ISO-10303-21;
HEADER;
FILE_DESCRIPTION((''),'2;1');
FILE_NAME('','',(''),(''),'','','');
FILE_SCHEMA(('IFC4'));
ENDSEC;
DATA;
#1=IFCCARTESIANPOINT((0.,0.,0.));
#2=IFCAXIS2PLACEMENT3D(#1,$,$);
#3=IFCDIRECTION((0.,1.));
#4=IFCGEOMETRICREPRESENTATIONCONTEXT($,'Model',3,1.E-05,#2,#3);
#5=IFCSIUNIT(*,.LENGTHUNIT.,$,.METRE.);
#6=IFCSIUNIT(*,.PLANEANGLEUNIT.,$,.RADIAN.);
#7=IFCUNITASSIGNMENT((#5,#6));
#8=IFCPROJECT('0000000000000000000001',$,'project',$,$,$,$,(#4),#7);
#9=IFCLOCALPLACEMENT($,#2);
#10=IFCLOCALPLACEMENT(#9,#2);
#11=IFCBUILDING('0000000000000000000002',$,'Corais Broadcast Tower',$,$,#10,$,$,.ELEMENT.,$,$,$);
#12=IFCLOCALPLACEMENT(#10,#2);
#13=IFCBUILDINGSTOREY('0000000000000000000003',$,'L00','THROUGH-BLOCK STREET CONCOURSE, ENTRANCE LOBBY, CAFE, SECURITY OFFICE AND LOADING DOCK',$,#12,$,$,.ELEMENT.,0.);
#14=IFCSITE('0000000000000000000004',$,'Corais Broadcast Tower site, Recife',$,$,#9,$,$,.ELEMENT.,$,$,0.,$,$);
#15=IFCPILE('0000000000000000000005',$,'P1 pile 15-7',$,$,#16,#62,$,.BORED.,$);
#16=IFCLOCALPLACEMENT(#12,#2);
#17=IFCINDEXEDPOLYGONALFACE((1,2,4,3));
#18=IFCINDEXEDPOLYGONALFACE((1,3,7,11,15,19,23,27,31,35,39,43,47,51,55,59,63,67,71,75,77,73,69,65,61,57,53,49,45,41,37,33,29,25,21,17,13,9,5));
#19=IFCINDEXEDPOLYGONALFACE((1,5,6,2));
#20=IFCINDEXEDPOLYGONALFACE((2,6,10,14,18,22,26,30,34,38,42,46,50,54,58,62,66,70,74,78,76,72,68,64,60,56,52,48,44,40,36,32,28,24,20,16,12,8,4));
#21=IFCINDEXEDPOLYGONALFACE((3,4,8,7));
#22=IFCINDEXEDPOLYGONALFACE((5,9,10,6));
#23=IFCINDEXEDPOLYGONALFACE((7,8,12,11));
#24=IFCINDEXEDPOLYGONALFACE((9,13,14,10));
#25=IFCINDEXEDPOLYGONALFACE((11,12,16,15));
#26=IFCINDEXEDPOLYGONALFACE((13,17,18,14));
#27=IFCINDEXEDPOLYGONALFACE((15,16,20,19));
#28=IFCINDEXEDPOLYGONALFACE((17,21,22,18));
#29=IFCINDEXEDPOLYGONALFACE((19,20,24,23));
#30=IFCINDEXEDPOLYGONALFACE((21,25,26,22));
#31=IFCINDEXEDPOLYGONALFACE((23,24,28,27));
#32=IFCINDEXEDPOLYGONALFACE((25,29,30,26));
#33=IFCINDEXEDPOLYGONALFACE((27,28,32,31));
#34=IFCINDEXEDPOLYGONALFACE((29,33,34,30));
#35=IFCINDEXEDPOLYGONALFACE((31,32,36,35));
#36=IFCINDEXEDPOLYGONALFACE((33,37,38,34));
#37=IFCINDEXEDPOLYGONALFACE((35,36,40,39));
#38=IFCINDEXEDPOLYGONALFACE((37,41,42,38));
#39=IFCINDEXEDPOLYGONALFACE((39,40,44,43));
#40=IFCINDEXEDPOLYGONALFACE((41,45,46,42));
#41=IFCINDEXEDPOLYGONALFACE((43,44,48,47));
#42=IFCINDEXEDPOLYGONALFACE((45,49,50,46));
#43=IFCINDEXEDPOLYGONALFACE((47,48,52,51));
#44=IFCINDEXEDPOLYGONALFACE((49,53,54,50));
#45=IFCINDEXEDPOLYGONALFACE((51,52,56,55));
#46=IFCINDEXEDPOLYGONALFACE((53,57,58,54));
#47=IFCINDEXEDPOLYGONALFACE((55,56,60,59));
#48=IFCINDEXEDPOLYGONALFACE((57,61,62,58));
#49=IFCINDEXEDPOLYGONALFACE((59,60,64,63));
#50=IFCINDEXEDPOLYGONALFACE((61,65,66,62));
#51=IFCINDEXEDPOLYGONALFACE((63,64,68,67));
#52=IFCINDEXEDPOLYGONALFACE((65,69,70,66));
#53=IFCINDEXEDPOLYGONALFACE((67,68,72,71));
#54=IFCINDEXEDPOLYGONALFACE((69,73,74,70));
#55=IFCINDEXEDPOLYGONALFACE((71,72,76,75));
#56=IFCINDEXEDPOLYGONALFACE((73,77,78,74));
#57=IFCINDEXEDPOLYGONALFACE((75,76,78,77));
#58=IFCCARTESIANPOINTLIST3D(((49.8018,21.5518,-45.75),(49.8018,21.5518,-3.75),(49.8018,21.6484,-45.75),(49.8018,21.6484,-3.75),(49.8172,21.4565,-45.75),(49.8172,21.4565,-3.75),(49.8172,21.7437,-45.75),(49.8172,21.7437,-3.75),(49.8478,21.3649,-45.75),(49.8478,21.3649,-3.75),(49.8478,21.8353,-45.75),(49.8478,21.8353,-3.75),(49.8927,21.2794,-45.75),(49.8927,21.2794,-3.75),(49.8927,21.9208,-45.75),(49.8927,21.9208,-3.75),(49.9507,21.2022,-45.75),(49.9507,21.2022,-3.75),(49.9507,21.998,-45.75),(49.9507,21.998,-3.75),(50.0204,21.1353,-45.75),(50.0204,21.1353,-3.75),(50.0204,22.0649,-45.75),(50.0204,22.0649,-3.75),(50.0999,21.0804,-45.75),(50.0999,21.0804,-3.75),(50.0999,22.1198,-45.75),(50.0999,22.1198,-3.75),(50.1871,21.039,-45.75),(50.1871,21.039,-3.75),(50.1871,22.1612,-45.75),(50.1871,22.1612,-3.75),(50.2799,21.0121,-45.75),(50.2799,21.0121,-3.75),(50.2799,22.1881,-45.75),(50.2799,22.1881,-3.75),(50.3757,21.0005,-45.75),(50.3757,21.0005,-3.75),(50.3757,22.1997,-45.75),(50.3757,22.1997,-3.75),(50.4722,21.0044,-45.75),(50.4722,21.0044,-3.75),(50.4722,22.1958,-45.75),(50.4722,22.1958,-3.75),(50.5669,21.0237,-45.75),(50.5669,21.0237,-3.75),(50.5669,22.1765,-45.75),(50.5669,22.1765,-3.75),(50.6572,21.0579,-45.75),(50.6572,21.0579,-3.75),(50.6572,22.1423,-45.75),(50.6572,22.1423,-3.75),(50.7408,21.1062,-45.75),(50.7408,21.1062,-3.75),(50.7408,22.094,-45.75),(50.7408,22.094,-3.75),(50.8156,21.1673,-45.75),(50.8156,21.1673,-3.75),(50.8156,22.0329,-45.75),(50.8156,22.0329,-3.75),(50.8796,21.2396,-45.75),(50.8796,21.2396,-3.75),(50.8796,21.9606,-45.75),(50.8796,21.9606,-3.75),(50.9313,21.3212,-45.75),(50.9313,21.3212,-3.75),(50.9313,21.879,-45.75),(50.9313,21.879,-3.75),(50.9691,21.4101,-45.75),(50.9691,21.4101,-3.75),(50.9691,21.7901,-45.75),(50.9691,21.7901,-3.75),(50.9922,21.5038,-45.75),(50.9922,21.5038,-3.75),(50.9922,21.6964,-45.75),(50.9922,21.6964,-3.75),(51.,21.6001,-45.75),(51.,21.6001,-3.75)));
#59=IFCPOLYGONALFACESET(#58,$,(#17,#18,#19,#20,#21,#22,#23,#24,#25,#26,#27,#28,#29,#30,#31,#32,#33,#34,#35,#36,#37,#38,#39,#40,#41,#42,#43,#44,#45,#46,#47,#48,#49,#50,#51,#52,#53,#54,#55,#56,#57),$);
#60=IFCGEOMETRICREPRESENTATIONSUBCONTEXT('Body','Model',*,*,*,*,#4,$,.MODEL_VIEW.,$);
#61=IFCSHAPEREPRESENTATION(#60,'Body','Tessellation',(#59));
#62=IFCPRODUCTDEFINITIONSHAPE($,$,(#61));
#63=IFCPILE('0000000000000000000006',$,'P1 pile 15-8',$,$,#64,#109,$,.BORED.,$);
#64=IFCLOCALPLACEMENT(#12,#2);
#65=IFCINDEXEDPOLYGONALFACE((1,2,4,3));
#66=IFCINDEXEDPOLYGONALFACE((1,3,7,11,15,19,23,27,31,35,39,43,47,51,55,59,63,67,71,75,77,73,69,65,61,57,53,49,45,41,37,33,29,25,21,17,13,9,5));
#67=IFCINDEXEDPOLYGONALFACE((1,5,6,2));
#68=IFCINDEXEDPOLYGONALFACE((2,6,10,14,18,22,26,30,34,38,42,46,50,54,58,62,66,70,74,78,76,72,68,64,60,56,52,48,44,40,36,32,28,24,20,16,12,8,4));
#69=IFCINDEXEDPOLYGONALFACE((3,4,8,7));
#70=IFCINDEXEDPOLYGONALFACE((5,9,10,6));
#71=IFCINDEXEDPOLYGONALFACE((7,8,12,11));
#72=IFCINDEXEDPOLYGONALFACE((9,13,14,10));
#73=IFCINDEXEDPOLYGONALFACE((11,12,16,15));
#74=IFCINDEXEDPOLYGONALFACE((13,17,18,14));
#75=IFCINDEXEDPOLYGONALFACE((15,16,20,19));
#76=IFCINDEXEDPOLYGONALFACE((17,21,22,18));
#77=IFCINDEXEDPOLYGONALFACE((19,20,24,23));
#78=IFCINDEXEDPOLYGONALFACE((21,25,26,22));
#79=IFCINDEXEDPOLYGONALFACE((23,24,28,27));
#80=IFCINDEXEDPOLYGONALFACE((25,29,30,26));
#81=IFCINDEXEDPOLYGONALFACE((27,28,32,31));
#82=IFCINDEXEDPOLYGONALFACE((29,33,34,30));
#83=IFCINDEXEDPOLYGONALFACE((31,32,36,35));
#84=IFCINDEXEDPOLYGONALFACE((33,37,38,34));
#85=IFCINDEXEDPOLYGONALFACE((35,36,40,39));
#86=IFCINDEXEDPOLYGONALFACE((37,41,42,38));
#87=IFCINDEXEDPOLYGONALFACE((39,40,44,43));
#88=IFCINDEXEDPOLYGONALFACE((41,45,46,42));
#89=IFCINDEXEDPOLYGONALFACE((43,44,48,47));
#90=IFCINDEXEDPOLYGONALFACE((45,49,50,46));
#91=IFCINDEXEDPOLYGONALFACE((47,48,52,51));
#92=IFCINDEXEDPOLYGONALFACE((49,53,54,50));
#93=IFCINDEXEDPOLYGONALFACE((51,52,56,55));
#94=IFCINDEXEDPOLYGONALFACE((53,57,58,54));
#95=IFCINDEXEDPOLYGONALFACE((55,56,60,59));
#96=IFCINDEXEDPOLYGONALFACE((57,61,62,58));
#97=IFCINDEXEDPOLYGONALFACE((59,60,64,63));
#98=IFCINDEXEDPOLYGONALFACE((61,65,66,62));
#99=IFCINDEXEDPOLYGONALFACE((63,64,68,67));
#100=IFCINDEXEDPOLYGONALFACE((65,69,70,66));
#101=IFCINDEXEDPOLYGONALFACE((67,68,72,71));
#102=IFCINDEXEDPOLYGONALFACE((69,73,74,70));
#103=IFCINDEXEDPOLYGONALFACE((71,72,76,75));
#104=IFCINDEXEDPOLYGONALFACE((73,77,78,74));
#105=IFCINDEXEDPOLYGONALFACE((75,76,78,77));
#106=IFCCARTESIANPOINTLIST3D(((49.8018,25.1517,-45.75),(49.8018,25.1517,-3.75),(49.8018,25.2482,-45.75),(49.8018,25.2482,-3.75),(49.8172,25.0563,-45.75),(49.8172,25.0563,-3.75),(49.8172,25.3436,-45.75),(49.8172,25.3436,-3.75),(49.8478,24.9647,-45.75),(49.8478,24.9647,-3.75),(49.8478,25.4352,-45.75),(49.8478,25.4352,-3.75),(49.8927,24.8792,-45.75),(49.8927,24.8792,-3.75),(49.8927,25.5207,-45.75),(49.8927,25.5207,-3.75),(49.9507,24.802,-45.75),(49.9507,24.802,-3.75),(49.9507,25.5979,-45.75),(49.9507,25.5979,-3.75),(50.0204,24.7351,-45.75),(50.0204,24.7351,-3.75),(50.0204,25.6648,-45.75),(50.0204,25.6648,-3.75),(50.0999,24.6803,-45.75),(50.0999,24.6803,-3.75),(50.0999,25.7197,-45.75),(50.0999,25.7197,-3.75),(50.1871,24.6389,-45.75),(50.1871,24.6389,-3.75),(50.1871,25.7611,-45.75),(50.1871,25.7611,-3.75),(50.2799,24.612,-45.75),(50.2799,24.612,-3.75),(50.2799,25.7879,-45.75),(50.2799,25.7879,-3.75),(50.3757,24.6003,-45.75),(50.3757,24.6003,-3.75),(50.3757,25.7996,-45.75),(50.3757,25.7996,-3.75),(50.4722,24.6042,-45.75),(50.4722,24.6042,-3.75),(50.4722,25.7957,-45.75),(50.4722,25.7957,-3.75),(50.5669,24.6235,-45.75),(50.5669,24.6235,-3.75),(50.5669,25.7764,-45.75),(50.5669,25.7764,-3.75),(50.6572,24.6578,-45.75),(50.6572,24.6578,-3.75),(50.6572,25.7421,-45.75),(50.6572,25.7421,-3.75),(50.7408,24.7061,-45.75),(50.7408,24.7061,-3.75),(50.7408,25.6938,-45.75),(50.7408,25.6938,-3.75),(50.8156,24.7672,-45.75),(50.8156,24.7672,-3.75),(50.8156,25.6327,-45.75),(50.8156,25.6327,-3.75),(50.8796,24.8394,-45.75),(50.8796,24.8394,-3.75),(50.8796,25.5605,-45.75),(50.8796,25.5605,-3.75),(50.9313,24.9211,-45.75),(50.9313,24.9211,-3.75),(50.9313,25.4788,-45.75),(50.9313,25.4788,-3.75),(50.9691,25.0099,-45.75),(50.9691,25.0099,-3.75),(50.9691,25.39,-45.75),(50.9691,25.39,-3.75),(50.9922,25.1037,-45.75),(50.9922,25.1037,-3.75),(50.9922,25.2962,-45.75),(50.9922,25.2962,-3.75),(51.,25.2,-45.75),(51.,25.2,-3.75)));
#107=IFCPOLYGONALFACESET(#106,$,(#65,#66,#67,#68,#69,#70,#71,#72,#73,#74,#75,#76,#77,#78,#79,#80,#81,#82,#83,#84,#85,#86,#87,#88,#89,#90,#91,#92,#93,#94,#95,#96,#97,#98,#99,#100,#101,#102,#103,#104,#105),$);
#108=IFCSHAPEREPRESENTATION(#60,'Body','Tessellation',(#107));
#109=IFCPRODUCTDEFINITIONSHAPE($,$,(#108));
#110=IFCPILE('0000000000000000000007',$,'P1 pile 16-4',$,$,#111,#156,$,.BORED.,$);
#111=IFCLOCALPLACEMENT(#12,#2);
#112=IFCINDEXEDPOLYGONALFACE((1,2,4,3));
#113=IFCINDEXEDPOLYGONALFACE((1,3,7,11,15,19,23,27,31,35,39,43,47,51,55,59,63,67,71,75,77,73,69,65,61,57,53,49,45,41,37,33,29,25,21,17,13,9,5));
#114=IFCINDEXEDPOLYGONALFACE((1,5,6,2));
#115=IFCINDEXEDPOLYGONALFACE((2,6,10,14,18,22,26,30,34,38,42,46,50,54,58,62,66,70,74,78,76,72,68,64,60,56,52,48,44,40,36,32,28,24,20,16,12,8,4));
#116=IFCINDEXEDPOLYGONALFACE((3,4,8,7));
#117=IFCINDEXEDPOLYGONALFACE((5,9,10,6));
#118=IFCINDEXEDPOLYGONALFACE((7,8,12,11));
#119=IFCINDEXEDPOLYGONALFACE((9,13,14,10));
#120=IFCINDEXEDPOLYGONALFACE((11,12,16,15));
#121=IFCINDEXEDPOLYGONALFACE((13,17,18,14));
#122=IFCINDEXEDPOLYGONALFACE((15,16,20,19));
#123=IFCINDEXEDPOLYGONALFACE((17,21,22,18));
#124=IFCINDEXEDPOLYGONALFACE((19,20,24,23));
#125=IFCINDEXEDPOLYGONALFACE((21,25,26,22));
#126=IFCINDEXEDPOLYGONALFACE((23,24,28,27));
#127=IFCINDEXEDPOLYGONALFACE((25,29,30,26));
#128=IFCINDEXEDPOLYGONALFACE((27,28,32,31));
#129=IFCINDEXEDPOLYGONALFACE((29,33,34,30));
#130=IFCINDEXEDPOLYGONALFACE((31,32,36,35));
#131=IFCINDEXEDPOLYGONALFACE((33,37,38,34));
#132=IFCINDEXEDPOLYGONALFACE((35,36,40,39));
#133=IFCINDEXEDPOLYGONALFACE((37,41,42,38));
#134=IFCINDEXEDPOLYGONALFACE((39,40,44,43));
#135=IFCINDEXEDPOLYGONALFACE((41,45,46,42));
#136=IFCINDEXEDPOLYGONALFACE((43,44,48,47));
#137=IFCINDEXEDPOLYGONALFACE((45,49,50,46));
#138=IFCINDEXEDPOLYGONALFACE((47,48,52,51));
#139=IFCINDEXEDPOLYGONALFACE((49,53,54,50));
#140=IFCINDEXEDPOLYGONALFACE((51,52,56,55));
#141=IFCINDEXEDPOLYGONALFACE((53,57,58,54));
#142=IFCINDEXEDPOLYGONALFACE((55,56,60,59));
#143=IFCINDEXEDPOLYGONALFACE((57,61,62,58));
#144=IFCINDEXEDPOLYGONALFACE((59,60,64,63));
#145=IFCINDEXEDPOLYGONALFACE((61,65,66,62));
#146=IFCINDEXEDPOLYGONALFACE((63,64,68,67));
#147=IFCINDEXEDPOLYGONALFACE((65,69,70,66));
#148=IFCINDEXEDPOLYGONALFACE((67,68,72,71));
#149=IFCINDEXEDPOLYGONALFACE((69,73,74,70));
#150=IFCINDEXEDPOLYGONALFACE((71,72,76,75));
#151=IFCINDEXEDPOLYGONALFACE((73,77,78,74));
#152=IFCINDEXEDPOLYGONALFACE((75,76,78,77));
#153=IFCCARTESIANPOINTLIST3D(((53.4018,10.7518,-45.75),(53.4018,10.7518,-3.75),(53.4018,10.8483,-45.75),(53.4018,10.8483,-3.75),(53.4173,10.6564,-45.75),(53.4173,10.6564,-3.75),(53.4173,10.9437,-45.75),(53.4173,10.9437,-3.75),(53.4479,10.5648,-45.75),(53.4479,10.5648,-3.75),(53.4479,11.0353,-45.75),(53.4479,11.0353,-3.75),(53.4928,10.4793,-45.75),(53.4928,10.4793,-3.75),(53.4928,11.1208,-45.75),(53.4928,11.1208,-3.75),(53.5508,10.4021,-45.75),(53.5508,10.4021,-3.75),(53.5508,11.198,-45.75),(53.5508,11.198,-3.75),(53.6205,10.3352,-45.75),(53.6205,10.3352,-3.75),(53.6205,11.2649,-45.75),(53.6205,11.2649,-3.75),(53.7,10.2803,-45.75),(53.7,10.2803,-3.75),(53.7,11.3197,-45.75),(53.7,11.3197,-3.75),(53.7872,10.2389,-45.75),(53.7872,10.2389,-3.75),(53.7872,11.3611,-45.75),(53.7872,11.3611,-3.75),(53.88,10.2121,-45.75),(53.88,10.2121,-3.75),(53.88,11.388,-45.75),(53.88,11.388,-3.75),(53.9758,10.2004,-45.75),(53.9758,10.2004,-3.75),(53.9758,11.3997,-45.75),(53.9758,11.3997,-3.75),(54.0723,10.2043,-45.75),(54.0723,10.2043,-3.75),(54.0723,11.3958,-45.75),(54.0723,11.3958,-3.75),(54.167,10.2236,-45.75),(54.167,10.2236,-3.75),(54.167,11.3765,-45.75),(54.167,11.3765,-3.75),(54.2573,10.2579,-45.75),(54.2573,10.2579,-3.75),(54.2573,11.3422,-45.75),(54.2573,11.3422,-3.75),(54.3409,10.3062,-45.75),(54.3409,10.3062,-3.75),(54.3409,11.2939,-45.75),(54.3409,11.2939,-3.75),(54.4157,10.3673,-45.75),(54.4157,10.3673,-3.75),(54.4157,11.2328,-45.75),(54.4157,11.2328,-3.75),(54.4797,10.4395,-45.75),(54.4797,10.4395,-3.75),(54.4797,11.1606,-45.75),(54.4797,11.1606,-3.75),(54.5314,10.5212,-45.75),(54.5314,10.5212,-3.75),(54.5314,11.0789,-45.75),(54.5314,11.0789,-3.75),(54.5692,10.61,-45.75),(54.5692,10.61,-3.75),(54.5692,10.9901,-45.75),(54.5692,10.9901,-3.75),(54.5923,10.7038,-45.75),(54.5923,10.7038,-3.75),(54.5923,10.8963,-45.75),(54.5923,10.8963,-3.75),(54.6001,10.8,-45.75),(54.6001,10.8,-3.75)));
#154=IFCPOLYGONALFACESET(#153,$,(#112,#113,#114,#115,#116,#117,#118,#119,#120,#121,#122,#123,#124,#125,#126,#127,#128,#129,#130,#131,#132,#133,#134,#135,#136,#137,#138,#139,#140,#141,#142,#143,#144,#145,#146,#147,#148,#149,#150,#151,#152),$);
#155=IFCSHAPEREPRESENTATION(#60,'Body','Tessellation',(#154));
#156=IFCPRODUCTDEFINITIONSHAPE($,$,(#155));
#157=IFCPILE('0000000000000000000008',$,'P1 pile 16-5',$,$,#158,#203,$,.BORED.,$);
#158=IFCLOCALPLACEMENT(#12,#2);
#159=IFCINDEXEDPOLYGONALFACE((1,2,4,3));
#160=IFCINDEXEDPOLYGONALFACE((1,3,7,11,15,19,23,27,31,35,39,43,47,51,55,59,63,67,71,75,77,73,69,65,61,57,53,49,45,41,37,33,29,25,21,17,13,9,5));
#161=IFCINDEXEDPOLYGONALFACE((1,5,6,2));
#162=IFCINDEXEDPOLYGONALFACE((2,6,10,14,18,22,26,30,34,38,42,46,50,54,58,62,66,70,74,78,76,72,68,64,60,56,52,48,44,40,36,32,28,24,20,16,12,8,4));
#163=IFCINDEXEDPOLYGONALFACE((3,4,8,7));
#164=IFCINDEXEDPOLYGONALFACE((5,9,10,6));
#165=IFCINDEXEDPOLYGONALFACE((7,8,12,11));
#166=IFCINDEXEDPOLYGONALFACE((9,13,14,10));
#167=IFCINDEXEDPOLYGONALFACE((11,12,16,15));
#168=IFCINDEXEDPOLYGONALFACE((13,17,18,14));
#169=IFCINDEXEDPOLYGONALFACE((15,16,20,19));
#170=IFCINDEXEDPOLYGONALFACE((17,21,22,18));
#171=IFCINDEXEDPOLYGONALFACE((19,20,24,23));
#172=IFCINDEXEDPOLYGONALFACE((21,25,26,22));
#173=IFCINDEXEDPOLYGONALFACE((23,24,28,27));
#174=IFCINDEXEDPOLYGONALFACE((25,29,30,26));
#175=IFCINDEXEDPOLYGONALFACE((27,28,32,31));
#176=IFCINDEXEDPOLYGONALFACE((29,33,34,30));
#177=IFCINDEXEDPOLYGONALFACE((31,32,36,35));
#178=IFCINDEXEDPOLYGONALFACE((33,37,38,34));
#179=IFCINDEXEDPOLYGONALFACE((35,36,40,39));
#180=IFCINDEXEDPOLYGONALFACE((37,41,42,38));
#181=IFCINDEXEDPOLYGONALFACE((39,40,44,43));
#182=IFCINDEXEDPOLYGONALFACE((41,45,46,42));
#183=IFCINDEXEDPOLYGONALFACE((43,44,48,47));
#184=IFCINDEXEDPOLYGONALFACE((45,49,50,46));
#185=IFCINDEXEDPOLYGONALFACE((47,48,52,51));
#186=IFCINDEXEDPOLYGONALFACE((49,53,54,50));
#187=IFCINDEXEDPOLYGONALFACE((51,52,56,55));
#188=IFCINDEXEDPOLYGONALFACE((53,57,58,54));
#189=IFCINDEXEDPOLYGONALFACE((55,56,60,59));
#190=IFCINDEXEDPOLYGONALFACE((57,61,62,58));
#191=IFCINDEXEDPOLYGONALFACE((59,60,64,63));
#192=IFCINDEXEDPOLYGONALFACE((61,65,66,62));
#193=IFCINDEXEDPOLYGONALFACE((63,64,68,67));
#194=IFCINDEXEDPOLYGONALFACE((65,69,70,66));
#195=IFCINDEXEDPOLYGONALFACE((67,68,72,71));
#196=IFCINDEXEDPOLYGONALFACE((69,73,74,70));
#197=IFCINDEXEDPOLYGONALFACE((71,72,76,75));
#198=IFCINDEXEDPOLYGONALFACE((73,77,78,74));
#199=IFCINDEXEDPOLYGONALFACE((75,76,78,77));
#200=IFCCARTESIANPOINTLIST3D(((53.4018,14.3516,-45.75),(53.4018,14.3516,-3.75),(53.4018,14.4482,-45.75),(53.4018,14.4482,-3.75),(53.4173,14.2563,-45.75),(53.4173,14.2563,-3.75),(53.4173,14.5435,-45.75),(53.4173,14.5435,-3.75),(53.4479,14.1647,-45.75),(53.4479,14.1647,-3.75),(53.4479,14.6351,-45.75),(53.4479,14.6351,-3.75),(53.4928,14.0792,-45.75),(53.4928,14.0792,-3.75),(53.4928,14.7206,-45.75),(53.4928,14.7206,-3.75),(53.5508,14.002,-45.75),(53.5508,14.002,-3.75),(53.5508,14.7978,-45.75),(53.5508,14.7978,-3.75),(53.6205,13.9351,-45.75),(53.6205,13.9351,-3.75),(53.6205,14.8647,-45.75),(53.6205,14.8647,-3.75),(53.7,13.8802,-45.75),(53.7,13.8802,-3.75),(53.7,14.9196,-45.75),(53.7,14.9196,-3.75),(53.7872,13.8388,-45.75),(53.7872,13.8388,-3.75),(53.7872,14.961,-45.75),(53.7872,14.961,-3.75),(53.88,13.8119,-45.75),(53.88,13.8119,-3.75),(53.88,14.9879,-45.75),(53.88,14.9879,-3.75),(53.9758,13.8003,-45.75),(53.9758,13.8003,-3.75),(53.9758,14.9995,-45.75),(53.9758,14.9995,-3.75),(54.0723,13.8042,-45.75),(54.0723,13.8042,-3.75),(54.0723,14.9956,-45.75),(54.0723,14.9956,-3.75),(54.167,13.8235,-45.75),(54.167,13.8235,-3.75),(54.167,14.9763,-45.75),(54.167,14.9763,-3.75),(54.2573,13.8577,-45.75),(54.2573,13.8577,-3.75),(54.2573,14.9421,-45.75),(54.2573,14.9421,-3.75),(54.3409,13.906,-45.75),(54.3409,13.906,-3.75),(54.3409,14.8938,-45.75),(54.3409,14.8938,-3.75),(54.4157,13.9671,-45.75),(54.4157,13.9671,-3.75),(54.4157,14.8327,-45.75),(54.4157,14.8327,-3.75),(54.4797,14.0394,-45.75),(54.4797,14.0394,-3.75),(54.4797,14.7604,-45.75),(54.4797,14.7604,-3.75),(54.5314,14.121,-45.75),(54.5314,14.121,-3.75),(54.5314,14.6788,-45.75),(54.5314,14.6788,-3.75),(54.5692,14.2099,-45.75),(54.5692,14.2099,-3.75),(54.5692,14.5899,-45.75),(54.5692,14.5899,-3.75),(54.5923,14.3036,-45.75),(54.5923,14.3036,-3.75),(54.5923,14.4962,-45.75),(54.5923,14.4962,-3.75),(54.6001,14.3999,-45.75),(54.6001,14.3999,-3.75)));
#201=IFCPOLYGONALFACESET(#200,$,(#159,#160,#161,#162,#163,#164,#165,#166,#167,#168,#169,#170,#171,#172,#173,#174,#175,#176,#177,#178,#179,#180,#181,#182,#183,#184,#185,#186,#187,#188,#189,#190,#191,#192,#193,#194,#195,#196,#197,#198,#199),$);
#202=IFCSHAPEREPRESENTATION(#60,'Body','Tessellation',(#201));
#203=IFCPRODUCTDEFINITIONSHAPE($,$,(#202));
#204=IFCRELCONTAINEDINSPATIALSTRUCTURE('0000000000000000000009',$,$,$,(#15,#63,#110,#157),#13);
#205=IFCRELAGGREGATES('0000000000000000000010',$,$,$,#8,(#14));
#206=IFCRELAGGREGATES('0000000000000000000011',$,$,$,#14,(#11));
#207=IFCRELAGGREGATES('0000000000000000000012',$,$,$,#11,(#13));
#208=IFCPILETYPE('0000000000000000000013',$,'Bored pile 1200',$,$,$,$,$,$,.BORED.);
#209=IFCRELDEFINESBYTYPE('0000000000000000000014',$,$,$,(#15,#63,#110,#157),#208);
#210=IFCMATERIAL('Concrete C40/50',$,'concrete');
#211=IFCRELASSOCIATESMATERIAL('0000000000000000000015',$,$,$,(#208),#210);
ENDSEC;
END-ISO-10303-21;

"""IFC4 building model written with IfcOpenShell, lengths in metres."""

from ifc_helpers import new_model, si_unit, direction, frame, origin, origin_2d, place, context, subcontext, project, spatial, circle, extrude, material, type_object, element, save


model = new_model("IFC4")

# Units and contexts
model_context = context("Model", 3, precision=1e-05, world=origin(), true_north=direction((0.0, 1.0)))
body_context = subcontext(model_context, "Body", "Model", "MODEL_VIEW")
ifc_project = project(units=[si_unit("LENGTHUNIT", "METRE"), si_unit("PLANEANGLEUNIT", "RADIAN")], contexts=[model_context])

# Site, building, storey
site_placement = place(None, origin())
site = spatial("IfcSite", under=ifc_project, at=site_placement, Name="Corais Broadcast Tower site, Recife", CompositionType="ELEMENT", RefElevation=0.0)
building_placement = place(site_placement, origin())
building = spatial("IfcBuilding", under=site, at=building_placement, Name="Corais Broadcast Tower", CompositionType="ELEMENT")
storey_placement = place(building_placement, origin())
storey = spatial("IfcBuildingStorey", under=building, at=storey_placement, Name="L00", Description="THROUGH-BLOCK STREET CONCOURSE, ENTRANCE LOBBY, CAFE, SECURITY OFFICE AND LOADING DOCK", CompositionType="ELEMENT", Elevation=0.0)

# Piles
ifc_material_1 = material(Name="Concrete C40/50", Category="concrete")
pile_type = type_object("IfcPileType", Name="Bored pile 1200", PredefinedType="BORED", material=ifc_material_1)
for number, where, z_axis, x_axis, name in (
    (1, (50.3999, 21.6001, -3.75), (0.0, 0.0, -1.0), (1.0, 0.0, 0.0), "P1 pile 15-7"),
    (2, (50.3999, 25.2, -3.75), (0.0, 0.0, -1.0), (1.0, 0.0, 0.0), "P1 pile 15-8"),
    (3, (54.0, 10.8, -3.75), (0.0, 0.0, -1.0), (1.0, 0.0, 0.0), "P1 pile 16-4"),
    (4, (54.0, 14.3999, -3.75), (0.0, 0.0, -1.0), (1.0, 0.0, 0.0), "P1 pile 16-5"),
):
    element("IfcPile", number, at=place(storey_placement, frame(where, z_axis=z_axis, x_axis=x_axis)), inside=storey, type_object=pile_type, Name=name, PredefinedType="BORED", context=body_context, shape_type="SweptSolid", body=[
        extrude(circle(Radius=0.6001, at=origin_2d()), origin(), (0.0, 0.0, 1.0), 42.0),
    ])

save(model, "model.ifc")
